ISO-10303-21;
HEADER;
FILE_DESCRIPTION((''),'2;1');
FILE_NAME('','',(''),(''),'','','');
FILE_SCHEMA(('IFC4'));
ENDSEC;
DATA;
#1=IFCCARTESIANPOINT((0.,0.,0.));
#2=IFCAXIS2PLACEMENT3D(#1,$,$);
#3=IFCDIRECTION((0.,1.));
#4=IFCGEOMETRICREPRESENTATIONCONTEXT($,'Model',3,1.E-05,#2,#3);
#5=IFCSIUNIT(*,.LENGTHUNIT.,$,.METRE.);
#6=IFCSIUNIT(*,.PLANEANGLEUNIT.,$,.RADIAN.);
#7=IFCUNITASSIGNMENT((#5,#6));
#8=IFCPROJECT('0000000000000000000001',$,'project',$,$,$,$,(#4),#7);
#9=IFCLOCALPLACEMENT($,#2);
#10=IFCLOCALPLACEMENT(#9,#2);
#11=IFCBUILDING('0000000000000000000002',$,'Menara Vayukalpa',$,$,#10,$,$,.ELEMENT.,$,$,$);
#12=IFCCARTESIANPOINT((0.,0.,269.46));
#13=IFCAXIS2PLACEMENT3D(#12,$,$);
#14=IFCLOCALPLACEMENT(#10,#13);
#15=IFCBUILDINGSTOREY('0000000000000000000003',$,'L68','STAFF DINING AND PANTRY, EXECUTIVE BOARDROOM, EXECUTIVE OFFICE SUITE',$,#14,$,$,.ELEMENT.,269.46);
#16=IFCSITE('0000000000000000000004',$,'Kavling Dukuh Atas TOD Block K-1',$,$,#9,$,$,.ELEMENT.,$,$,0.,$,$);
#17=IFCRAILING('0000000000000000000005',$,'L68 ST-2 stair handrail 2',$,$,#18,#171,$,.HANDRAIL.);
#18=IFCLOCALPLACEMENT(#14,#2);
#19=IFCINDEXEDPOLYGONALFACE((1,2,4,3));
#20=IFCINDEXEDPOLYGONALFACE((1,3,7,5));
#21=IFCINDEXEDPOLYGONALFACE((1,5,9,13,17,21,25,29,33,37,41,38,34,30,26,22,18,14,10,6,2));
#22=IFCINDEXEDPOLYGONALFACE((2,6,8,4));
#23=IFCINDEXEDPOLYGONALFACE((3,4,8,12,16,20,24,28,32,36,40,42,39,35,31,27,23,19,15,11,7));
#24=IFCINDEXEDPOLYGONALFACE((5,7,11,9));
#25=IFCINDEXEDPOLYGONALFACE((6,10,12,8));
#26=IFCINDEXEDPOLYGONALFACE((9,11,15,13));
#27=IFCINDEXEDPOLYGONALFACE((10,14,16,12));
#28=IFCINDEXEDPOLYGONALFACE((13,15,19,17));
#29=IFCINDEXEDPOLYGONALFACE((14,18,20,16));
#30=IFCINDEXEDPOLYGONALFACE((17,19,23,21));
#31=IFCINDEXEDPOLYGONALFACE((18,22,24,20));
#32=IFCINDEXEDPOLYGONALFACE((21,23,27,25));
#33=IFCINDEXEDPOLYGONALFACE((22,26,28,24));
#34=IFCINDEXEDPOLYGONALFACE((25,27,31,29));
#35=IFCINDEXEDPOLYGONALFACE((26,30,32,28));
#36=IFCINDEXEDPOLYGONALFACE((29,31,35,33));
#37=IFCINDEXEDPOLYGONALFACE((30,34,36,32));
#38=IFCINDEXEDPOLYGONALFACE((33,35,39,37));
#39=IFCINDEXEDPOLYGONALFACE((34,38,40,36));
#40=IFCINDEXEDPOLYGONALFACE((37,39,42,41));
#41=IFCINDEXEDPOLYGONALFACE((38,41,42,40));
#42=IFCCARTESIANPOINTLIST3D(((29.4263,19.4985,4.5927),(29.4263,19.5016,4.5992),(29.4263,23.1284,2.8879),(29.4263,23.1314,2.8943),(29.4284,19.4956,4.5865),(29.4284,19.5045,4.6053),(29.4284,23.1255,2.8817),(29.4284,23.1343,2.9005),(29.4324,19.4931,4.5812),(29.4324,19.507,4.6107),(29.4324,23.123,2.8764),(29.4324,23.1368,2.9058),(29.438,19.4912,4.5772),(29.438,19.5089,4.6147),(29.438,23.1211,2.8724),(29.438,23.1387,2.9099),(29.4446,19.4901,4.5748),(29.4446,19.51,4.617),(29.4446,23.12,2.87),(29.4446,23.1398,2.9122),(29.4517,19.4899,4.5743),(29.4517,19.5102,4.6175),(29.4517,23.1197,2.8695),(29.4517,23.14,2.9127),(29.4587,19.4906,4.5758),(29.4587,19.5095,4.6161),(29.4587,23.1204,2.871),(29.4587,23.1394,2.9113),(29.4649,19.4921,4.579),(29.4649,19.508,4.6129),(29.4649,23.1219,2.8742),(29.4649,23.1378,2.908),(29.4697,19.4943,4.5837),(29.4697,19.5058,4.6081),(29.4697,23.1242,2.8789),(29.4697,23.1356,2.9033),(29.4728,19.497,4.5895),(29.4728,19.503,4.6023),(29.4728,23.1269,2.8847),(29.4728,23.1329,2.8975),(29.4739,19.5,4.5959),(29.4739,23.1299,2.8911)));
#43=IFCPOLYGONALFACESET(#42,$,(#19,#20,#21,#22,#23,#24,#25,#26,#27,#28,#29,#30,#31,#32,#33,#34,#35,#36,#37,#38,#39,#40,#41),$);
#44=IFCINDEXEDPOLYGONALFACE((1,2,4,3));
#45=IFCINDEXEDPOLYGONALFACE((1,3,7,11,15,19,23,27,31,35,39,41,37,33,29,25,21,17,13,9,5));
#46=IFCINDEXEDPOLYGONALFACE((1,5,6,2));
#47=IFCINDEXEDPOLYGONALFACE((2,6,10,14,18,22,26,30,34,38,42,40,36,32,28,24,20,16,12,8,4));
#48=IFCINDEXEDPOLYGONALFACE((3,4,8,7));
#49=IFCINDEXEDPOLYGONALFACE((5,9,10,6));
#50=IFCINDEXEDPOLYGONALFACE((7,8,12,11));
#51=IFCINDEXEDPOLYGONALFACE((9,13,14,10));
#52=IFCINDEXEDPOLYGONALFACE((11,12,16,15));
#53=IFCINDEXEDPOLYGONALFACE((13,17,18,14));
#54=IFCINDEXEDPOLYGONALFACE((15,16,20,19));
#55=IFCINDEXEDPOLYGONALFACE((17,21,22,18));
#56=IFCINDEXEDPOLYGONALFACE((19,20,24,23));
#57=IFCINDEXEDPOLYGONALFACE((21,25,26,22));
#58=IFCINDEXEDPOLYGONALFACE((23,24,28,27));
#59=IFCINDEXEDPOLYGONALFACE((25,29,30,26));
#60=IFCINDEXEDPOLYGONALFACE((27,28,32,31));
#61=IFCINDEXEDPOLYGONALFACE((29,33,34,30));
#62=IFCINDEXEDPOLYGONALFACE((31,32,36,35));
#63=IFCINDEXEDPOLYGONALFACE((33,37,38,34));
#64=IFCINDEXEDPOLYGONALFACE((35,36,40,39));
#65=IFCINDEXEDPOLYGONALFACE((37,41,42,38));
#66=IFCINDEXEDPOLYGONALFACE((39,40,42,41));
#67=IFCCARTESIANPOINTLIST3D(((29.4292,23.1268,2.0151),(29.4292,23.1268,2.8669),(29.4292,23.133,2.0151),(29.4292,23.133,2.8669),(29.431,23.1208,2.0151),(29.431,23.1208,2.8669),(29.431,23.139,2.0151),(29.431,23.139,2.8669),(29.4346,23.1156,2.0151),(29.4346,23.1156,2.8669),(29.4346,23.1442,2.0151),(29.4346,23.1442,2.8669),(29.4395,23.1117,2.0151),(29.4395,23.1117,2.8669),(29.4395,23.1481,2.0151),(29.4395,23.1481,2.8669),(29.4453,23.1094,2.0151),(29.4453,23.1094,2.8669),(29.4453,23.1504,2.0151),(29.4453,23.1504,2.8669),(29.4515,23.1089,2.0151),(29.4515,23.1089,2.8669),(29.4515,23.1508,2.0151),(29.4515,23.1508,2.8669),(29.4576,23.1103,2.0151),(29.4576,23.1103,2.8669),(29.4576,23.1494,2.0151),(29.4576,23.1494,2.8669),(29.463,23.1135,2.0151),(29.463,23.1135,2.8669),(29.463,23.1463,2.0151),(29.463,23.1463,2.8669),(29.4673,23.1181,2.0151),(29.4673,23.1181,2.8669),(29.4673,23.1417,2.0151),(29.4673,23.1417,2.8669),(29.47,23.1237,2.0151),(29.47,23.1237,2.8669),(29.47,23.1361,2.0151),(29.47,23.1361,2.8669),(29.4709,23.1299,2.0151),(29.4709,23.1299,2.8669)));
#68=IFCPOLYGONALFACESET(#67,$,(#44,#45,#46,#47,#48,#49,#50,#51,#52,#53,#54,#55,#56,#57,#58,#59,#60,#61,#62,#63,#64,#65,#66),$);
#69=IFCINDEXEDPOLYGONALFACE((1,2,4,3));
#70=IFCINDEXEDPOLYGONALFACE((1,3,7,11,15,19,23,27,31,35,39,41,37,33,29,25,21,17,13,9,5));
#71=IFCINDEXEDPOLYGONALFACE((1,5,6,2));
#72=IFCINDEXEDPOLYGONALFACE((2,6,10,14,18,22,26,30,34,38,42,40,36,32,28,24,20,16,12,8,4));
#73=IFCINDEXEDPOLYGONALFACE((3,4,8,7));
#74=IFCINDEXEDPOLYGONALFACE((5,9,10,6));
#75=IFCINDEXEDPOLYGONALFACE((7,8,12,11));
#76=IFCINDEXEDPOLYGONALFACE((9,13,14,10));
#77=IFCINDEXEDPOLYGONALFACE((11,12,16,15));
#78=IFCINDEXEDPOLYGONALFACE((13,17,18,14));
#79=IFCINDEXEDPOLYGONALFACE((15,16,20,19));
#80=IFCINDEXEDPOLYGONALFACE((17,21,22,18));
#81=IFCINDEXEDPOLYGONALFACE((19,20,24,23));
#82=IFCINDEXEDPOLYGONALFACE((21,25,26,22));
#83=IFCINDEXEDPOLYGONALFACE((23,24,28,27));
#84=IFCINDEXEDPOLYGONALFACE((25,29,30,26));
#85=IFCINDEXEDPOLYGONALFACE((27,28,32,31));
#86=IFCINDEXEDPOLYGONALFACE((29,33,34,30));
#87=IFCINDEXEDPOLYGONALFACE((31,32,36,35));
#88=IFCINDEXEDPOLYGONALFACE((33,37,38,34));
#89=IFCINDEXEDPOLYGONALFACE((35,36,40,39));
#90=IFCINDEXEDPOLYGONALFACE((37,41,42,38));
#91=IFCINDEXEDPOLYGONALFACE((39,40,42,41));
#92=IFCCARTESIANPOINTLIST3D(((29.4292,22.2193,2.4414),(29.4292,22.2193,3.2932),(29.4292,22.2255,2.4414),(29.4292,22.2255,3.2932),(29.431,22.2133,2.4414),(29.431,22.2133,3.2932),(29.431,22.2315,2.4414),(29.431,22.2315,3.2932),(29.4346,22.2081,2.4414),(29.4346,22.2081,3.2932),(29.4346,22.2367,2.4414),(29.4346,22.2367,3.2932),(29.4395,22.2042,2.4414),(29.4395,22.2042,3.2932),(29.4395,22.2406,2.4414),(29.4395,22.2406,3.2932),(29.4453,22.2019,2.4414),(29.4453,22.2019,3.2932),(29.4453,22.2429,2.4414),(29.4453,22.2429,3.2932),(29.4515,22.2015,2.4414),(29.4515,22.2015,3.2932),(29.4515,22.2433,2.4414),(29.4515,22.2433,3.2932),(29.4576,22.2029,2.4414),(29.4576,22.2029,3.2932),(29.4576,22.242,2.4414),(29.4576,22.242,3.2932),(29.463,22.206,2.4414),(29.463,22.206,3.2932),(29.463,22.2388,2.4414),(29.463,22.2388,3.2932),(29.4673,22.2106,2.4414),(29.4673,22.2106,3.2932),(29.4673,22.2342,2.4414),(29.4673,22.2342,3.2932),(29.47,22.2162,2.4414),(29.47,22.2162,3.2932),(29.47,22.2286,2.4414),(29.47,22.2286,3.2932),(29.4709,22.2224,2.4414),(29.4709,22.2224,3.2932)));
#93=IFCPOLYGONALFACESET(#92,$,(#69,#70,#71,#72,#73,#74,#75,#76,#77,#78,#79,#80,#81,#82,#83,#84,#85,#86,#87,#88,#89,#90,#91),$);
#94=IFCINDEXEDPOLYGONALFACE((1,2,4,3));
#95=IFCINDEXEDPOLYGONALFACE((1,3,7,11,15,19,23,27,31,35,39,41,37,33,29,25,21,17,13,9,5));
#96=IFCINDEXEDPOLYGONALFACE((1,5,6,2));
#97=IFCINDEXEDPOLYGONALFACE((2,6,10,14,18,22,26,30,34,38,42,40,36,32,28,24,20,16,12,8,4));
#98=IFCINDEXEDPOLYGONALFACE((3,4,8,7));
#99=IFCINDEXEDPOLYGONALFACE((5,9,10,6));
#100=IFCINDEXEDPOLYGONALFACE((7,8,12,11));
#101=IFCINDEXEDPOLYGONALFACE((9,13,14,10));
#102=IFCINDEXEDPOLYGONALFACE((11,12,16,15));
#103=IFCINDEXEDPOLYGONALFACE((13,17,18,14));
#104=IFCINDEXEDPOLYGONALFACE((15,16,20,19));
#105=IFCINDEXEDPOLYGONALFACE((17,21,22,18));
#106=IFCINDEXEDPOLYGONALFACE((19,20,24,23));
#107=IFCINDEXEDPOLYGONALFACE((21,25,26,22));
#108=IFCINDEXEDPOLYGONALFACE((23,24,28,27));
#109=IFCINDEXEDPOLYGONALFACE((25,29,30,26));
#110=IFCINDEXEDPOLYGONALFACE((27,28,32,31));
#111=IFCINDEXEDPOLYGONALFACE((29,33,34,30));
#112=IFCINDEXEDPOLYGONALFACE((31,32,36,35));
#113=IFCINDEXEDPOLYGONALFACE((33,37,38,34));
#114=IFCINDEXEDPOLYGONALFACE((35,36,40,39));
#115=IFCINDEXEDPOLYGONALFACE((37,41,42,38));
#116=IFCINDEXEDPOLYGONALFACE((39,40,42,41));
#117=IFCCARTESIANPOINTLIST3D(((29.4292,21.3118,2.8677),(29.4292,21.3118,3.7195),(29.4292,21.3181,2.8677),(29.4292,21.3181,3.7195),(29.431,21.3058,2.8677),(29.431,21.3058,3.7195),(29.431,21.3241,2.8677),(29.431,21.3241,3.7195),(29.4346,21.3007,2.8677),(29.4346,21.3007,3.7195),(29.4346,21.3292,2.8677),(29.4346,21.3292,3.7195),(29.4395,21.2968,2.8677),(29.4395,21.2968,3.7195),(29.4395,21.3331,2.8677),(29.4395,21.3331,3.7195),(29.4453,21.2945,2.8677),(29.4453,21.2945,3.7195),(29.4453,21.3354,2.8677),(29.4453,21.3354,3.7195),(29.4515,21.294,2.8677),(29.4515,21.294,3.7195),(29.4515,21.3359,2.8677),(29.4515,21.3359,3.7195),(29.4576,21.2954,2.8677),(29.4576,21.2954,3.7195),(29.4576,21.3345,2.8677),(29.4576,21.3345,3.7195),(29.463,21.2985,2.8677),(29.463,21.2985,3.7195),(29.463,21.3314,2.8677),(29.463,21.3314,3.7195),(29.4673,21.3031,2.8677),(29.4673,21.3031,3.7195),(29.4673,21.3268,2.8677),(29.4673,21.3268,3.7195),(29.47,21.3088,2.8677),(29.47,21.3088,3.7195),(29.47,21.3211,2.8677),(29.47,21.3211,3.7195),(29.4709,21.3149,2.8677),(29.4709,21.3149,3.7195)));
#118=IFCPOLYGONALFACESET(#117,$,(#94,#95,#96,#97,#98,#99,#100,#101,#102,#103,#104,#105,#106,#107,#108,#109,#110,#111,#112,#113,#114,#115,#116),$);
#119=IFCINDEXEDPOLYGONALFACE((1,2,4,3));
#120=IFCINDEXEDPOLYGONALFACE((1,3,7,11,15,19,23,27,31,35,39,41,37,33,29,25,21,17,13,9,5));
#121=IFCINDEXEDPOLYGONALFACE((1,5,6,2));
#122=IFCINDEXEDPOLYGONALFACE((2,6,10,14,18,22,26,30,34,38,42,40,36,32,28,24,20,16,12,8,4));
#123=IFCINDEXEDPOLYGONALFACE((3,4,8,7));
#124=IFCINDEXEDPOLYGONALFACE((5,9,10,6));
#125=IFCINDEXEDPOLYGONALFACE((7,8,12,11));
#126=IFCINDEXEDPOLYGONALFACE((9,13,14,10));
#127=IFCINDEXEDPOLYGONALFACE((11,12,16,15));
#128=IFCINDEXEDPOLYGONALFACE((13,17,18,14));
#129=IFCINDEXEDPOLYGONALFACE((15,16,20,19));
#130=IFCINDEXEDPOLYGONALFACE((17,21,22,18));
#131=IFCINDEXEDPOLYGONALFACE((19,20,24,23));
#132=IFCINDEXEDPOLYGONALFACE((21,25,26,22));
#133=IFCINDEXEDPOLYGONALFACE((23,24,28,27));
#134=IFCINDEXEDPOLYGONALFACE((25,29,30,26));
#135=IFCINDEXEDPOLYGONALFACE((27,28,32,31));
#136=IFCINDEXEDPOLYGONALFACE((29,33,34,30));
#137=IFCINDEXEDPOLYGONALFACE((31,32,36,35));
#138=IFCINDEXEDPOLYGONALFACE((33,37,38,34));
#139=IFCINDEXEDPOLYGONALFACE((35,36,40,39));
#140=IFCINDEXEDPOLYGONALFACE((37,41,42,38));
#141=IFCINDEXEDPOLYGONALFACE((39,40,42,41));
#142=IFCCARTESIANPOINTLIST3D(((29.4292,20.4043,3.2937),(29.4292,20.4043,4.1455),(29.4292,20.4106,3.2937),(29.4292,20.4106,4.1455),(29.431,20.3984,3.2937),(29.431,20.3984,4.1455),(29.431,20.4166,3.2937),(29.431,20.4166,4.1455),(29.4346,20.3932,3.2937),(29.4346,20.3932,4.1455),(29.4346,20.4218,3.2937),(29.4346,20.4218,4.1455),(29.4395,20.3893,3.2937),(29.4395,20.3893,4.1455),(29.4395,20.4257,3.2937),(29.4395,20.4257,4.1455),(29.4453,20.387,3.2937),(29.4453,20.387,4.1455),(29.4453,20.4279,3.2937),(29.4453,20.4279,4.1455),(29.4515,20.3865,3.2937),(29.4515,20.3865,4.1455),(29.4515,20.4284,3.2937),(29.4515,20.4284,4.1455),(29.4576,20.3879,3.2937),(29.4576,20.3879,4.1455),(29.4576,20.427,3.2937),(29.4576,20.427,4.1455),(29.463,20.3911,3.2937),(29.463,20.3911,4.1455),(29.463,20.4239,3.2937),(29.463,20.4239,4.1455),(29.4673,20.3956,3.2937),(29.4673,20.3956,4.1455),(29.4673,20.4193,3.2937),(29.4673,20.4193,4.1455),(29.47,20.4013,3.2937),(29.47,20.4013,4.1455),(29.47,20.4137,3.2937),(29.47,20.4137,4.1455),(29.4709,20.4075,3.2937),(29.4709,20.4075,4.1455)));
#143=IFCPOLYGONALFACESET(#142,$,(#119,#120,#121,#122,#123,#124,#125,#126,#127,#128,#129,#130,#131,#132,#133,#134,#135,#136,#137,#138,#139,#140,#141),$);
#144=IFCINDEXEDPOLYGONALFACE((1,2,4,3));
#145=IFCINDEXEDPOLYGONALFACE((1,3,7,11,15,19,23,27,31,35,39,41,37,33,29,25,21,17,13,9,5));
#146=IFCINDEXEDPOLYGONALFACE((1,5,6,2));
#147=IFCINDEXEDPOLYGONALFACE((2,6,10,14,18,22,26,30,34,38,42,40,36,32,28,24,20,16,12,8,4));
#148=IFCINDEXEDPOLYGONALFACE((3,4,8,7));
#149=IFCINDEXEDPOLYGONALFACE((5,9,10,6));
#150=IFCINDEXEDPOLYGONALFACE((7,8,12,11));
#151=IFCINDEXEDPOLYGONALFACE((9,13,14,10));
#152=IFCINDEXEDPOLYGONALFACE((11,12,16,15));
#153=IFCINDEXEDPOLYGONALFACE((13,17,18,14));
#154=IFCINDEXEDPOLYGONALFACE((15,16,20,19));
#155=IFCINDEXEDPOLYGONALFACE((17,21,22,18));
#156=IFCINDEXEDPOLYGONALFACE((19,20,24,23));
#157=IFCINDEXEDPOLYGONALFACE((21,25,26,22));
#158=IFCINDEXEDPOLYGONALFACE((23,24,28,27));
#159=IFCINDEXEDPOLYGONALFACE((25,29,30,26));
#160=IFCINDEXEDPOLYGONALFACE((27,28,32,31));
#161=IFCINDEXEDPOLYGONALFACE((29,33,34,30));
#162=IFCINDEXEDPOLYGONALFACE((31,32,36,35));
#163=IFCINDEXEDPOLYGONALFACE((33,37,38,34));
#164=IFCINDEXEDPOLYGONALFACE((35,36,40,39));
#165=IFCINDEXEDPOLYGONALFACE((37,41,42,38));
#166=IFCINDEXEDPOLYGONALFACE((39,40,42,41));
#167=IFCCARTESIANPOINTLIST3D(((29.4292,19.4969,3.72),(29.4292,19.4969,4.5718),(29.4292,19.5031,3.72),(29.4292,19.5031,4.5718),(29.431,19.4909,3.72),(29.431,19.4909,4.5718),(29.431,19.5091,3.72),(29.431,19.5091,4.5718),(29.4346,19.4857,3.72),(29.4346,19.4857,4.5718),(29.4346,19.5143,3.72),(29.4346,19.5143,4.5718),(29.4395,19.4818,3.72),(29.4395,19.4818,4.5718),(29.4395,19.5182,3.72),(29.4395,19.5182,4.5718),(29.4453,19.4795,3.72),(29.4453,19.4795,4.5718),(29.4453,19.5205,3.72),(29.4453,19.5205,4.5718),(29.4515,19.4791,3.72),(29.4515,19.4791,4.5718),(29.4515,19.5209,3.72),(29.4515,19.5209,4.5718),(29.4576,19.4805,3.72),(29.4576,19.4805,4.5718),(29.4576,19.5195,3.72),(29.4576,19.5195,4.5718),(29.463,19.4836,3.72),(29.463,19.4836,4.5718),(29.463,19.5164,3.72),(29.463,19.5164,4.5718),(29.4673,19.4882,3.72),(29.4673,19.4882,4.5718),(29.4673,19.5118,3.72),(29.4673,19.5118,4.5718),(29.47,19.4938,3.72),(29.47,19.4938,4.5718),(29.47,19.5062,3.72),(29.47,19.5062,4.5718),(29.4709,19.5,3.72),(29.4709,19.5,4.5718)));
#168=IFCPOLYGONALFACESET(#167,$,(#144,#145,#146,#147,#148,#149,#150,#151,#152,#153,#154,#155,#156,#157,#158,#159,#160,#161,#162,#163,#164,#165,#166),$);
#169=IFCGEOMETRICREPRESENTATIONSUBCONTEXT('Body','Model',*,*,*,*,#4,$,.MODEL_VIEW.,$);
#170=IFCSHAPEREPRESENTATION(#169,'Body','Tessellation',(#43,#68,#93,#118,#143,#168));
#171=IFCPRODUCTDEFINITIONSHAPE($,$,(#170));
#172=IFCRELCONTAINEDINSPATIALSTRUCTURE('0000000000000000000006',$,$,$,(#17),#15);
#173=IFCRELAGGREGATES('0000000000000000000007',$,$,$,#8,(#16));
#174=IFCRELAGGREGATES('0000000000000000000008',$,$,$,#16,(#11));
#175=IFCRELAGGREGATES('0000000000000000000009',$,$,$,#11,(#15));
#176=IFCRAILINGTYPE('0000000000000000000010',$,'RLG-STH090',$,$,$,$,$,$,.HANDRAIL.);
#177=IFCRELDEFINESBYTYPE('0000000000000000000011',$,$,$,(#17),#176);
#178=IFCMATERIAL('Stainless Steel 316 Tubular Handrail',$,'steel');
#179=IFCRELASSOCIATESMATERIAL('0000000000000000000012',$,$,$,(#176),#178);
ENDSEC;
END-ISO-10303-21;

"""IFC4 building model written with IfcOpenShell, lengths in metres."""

from ifc_helpers import new_model, si_unit, direction, frame, origin, origin_2d, place, context, subcontext, project, spatial, circle, extrude, material, type_object, element, save


model = new_model("IFC4")

# Units and contexts
model_context = context("Model", 3, precision=1e-05, world=origin(), true_north=direction((0.0, 1.0)))
body_context = subcontext(model_context, "Body", "Model", "MODEL_VIEW")
ifc_project = project(units=[si_unit("LENGTHUNIT", "METRE"), si_unit("PLANEANGLEUNIT", "RADIAN")], contexts=[model_context])

# Site, building, storey
site_placement = place(None, origin())
site = spatial("IfcSite", under=ifc_project, at=site_placement, Name="Kavling Dukuh Atas TOD Block K-1", CompositionType="ELEMENT", RefElevation=0.0)
building_placement = place(site_placement, origin())
building = spatial("IfcBuilding", under=site, at=building_placement, Name="Menara Vayukalpa", CompositionType="ELEMENT")
storey_placement = place(building_placement, frame((0.0, 0.0, 269.46)))
storey = spatial("IfcBuildingStorey", under=building, at=storey_placement, Name="L68", Description="STAFF DINING AND PANTRY, EXECUTIVE BOARDROOM, EXECUTIVE OFFICE SUITE", CompositionType="ELEMENT", Elevation=269.46)

# Railing
ifc_material_1 = material(Name="Stainless Steel 316 Tubular Handrail", Category="steel")
railing_type_1 = type_object("IfcRailingType", Name="RLG-STH090", PredefinedType="HANDRAIL", material=ifc_material_1)
railing_1_placement = place(storey_placement, frame((29.45, 23.1299, 2.0151)))
element("IfcRailing", 1, at=railing_1_placement, inside=storey, type_object=railing_type_1, Name="L68 ST-2 stair handrail 2", PredefinedType="HANDRAIL", context=body_context, shape_type="SweptSolid", body=[
    extrude(circle(Radius=0.0239, at=origin_2d()), frame((0.0, 0.0, 0.876), z_axis=(0.0, -0.90514, 0.425114), x_axis=(1.0, 0.0, 0.0)), (0.0, 0.0, 1.0), 4.0103),
    extrude(circle(Radius=0.021, at=origin_2d()), origin(), (0.0, 0.0, 1.0), 0.8518),
    extrude(circle(Radius=0.021, at=origin_2d()), frame((0.0, -0.9075, 0.4263)), (0.0, 0.0, 1.0), 0.8518),
    extrude(circle(Radius=0.021, at=origin_2d()), frame((0.0, -1.8149, 0.8525)), (0.0, 0.0, 1.0), 0.8518),
    extrude(circle(Radius=0.021, at=origin_2d()), frame((0.0, -2.7224, 1.2786)), (0.0, 0.0, 1.0), 0.8518),
    extrude(circle(Radius=0.021, at=origin_2d()), frame((0.0, -3.6299, 1.7048)), (0.0, 0.0, 1.0), 0.8518),
])

save(model, "model.ifc")
